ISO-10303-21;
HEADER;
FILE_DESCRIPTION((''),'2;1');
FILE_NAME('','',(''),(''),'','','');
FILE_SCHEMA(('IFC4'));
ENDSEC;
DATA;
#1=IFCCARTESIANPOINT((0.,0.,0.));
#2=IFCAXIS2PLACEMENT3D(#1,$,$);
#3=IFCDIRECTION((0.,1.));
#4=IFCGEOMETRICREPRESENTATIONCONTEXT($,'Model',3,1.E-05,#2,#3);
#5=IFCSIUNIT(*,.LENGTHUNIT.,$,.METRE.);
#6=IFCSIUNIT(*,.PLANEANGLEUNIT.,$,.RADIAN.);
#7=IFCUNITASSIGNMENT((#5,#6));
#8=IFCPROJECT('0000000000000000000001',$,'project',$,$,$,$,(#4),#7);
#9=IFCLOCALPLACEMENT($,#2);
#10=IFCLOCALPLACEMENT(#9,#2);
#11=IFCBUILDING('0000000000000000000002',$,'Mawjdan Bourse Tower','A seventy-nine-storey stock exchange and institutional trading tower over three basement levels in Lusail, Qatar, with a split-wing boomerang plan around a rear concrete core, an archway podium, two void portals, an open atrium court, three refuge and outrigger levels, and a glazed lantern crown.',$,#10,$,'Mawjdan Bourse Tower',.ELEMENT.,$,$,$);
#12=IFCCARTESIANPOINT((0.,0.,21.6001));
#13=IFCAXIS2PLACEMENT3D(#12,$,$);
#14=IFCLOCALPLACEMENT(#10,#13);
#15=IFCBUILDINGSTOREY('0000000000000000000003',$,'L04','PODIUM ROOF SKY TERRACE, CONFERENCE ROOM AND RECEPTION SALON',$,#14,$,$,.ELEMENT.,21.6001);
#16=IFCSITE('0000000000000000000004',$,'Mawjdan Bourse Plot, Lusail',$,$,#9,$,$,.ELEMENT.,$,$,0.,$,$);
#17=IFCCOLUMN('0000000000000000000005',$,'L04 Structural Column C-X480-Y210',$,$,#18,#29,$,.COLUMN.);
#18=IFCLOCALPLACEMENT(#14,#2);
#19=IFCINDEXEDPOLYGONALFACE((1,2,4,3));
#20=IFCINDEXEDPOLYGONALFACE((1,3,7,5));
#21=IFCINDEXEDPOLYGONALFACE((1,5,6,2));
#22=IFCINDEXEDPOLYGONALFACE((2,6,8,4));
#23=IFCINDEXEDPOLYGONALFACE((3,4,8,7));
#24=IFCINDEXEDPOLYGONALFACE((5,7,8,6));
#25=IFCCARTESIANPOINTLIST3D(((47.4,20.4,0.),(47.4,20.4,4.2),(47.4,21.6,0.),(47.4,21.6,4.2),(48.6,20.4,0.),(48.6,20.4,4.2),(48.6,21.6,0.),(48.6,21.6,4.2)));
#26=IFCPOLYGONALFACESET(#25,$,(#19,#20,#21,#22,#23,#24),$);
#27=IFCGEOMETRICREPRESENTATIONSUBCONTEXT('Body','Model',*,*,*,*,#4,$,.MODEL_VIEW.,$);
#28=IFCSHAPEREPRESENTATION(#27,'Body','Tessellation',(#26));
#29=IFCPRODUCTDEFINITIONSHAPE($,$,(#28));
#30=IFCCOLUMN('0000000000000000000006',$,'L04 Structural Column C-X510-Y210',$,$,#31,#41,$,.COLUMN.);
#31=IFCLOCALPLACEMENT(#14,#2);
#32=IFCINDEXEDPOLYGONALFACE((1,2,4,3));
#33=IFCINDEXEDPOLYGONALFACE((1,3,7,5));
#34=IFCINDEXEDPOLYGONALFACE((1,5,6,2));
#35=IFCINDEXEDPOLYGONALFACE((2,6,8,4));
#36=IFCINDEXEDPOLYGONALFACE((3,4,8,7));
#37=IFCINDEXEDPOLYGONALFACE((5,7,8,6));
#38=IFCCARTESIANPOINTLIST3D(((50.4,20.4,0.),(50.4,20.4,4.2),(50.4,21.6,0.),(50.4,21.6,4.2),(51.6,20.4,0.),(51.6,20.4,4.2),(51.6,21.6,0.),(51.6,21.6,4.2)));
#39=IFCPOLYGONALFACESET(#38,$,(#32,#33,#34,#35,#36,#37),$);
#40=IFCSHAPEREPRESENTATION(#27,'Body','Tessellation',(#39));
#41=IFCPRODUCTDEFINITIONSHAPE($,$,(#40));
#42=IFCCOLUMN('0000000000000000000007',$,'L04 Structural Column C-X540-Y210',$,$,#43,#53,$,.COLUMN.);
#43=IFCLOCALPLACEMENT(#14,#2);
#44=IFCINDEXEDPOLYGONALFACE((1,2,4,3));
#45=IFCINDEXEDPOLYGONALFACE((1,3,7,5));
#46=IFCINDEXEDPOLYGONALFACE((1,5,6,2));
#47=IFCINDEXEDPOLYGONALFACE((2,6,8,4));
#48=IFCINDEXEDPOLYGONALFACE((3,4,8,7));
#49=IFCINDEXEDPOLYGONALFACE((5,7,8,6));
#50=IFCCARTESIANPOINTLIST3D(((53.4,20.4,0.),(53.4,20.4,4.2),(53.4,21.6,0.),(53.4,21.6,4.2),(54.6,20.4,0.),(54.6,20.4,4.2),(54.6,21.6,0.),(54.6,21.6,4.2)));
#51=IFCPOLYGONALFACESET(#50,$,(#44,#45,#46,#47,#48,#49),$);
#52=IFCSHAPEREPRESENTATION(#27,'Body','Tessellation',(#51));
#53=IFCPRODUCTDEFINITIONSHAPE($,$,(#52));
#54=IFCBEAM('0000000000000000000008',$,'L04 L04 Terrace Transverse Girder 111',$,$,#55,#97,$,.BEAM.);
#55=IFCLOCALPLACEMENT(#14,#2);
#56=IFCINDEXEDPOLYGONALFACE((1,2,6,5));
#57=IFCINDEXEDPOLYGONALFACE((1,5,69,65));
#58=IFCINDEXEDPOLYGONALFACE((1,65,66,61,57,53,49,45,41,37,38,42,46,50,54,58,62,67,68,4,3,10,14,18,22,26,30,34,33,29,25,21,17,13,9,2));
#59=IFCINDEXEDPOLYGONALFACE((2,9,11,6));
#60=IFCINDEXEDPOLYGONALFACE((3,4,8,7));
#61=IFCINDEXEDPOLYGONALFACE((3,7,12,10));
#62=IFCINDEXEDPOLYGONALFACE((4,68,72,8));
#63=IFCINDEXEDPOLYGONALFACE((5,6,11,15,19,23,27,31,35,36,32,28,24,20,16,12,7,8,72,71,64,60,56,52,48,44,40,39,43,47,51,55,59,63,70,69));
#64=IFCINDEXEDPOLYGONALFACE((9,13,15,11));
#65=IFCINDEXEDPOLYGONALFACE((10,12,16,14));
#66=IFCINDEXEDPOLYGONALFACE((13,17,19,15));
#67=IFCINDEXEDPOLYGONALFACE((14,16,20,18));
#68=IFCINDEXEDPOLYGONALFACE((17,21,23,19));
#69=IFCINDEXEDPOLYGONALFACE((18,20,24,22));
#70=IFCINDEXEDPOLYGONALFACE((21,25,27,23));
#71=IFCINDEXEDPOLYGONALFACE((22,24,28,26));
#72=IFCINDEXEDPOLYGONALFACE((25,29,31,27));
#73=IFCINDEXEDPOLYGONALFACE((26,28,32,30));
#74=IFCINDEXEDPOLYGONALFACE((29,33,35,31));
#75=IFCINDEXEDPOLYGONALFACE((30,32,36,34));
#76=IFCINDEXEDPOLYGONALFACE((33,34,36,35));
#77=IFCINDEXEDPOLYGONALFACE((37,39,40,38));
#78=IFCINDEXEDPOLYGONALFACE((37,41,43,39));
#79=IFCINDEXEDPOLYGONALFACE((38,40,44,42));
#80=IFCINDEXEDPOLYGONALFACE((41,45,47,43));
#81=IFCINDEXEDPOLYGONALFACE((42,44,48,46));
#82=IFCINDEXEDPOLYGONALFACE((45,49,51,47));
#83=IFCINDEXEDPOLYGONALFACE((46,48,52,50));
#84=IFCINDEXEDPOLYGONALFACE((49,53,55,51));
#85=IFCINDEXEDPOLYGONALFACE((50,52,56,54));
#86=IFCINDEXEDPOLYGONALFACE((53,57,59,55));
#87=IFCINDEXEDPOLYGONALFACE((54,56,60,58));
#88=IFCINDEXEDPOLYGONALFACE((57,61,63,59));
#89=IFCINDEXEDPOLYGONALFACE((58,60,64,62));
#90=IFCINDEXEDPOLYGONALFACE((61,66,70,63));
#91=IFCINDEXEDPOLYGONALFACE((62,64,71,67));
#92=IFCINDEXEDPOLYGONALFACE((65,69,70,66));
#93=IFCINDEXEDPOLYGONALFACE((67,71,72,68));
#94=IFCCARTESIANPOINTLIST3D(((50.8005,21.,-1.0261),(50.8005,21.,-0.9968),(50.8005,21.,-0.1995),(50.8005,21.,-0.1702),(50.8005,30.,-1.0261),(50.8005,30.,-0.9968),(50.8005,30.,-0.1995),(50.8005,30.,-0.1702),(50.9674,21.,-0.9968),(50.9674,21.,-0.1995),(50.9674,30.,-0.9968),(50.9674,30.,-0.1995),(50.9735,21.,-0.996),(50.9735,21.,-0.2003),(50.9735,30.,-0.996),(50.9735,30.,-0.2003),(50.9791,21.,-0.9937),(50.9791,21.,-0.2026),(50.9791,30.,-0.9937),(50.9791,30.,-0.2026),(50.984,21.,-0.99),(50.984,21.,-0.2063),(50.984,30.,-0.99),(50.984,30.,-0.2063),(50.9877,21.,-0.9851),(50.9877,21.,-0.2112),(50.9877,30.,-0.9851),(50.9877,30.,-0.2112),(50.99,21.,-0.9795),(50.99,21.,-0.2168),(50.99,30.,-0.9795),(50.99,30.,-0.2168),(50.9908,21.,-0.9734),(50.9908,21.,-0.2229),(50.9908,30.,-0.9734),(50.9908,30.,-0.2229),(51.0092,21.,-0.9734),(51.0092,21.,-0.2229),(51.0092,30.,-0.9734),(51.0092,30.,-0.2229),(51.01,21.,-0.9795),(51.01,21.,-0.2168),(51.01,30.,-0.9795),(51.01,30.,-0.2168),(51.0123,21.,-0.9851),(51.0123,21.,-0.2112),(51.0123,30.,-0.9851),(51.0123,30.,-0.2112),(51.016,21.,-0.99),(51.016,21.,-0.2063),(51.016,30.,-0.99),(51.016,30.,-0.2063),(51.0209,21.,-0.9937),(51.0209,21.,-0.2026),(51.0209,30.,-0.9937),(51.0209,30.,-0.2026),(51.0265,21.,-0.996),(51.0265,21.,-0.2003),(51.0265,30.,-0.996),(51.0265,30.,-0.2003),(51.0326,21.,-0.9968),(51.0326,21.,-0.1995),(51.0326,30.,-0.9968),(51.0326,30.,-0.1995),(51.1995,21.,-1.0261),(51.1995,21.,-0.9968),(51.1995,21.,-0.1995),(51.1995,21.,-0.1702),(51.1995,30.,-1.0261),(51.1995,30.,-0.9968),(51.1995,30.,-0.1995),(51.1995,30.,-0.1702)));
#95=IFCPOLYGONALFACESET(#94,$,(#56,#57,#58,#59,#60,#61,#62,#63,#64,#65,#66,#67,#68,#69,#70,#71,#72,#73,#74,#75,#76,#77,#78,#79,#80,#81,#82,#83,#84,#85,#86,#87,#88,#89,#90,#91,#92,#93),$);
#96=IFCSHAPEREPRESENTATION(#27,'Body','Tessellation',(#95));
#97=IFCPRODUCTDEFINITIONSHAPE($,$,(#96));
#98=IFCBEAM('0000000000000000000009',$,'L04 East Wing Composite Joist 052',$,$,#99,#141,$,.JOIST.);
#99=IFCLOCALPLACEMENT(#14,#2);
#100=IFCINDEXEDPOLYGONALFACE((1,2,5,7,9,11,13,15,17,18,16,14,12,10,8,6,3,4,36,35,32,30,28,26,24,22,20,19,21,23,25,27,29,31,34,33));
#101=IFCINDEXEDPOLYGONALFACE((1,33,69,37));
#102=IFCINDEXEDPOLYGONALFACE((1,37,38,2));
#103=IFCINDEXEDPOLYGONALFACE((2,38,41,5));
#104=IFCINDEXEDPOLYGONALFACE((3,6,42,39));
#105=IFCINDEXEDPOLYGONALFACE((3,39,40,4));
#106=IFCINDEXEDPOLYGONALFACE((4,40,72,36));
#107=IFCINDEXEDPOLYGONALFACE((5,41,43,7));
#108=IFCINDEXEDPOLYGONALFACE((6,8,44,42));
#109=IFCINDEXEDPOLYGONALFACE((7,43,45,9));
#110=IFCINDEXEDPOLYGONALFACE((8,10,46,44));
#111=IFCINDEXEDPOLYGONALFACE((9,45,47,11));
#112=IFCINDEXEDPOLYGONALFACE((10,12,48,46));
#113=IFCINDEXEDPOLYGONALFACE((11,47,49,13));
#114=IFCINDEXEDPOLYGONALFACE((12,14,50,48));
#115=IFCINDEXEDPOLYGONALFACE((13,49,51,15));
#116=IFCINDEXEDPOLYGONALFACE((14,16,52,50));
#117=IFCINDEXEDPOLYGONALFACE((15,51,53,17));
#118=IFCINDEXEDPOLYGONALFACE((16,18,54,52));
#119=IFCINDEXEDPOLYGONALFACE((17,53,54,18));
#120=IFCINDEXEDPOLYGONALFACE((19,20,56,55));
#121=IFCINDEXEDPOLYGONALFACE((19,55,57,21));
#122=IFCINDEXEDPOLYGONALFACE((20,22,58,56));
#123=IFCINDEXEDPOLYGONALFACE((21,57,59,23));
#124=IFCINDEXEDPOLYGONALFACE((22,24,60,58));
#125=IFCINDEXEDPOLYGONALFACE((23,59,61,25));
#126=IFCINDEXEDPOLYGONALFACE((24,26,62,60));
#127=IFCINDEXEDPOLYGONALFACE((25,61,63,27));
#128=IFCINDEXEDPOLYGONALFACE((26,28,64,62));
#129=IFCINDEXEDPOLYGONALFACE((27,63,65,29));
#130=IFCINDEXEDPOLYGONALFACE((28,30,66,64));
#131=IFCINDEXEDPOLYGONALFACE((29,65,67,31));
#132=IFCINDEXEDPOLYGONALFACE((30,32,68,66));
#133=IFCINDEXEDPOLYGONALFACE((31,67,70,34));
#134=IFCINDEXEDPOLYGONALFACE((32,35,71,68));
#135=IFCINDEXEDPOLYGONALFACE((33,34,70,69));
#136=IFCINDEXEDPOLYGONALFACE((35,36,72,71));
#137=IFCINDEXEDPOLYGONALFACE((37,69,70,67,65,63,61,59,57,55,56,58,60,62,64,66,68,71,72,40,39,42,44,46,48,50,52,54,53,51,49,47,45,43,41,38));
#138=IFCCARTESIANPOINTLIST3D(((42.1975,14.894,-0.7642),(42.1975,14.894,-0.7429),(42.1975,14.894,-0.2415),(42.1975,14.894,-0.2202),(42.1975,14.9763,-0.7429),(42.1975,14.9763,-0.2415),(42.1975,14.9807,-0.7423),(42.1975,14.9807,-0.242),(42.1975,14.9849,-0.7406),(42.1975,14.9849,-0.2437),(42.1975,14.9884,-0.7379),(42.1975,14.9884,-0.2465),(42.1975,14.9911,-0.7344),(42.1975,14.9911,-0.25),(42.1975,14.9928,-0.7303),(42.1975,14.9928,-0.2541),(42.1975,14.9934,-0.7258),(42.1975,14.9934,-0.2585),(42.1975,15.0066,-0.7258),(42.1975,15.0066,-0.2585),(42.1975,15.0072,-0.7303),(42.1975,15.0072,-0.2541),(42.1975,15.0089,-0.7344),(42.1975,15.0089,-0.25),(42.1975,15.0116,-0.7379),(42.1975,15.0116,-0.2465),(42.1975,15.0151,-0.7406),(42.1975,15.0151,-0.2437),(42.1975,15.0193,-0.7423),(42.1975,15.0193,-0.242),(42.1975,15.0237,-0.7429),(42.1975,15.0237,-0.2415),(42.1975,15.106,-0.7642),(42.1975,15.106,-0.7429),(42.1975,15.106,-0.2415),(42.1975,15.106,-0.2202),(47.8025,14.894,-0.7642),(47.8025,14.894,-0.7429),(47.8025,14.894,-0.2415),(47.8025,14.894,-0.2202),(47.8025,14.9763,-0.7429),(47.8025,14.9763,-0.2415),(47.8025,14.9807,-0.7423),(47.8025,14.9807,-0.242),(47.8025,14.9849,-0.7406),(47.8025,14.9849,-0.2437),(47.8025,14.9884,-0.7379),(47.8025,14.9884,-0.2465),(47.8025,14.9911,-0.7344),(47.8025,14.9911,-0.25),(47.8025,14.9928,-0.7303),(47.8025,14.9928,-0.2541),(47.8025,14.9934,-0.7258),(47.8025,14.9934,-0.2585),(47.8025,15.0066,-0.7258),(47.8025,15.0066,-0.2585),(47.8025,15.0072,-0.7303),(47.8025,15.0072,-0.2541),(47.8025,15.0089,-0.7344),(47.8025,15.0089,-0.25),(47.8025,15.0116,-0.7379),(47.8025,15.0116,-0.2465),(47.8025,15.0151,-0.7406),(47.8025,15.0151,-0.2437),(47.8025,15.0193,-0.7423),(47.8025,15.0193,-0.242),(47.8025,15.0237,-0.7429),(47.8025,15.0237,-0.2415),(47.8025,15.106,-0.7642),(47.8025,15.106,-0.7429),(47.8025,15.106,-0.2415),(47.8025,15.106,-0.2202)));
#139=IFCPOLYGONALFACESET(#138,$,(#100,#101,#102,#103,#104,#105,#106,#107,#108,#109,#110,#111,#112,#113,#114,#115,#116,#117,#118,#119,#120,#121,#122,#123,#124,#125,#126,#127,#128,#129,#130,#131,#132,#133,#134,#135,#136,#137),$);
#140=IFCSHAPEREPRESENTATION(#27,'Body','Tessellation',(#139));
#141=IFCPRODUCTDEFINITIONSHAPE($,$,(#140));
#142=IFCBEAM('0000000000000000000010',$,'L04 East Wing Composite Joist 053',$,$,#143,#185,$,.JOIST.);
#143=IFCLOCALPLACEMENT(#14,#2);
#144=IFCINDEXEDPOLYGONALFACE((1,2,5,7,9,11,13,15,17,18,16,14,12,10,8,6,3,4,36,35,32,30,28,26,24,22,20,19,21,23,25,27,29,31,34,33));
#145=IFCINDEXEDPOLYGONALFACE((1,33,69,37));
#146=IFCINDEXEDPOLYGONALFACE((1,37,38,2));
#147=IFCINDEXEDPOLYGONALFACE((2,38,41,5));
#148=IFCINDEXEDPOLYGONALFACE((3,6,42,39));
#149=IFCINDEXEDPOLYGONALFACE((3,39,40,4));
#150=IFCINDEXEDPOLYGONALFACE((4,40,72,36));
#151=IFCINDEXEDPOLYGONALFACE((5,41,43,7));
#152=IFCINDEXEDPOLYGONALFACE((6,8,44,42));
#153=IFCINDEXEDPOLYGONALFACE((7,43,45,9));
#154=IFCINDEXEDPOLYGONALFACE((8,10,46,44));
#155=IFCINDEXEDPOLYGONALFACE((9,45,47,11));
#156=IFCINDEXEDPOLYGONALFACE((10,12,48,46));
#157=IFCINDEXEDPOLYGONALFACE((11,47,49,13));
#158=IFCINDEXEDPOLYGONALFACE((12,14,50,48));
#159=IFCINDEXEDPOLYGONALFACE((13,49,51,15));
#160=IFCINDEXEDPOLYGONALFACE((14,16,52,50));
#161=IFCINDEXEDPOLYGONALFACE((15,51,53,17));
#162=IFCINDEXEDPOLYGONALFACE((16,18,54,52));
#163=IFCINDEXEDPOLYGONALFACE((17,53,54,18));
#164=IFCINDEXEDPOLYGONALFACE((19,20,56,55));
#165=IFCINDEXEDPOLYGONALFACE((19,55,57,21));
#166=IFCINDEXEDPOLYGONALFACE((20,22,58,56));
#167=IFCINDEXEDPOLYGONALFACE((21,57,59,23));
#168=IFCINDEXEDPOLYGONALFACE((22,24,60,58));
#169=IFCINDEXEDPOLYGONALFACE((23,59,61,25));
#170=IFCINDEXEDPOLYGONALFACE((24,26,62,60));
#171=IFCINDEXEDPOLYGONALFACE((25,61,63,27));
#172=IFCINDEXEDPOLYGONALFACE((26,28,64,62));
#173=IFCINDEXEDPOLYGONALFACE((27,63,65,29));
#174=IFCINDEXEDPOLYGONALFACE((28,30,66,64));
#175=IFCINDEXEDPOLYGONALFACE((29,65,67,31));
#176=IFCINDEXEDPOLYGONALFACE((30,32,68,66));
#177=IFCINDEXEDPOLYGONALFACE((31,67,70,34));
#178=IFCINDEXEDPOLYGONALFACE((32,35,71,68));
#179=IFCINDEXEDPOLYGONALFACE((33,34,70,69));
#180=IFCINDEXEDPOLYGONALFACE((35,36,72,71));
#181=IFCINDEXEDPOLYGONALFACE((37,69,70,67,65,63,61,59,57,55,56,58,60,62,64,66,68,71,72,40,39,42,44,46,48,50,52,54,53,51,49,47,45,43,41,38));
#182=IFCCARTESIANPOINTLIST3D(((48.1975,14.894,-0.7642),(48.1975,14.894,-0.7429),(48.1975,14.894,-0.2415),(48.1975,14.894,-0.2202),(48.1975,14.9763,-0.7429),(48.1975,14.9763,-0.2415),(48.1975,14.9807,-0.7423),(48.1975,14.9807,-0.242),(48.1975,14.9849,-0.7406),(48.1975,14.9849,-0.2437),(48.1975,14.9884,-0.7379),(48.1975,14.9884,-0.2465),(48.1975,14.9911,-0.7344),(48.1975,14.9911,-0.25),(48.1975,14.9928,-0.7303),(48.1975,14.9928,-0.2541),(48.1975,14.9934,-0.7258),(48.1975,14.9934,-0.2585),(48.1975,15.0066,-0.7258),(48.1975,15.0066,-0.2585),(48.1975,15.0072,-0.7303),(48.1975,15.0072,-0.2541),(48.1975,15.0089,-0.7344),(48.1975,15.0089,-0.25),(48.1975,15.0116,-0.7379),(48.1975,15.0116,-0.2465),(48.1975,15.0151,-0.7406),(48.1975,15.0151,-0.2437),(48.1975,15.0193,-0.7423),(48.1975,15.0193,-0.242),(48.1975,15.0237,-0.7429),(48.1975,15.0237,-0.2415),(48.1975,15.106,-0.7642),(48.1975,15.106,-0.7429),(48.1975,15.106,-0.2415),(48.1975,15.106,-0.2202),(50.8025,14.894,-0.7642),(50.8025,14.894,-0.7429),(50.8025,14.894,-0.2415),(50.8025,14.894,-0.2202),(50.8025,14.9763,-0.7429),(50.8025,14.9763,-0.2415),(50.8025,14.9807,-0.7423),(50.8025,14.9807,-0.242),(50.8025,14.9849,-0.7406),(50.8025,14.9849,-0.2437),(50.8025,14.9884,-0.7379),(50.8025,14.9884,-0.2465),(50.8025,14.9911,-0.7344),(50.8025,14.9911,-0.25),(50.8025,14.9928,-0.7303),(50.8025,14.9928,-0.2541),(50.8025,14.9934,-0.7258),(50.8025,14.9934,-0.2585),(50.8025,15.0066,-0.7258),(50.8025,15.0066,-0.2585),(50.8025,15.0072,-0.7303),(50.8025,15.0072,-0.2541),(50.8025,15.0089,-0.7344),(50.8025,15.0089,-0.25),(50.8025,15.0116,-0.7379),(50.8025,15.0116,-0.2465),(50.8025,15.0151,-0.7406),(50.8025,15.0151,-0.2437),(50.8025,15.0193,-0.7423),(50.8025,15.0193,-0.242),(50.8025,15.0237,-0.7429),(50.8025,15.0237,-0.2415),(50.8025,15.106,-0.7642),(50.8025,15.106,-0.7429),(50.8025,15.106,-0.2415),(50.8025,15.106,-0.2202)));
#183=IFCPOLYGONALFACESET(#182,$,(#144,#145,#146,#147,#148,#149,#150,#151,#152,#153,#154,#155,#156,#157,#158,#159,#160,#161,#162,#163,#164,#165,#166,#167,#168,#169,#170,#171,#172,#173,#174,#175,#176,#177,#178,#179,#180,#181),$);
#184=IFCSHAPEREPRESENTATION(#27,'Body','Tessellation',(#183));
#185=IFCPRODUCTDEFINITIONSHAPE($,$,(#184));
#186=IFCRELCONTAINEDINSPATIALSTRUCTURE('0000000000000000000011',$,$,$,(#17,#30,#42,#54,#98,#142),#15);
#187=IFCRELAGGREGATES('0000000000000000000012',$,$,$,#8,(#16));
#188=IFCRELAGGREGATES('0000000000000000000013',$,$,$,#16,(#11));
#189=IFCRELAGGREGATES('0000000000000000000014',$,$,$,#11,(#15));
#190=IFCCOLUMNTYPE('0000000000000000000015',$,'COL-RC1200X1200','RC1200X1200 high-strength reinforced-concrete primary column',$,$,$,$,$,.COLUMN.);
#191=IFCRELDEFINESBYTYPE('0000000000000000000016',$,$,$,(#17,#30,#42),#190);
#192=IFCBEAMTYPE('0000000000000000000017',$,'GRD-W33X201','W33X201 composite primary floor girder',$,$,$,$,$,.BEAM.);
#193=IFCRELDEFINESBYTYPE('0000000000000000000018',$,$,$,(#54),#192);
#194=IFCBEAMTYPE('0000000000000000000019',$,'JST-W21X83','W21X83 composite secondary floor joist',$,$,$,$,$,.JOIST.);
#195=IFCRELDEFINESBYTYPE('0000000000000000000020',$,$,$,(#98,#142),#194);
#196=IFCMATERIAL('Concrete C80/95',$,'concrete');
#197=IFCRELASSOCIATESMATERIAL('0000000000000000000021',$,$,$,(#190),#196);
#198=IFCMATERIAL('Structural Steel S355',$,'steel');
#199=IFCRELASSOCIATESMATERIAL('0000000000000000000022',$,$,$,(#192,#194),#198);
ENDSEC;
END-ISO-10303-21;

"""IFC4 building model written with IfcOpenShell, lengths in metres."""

from ifc_helpers import new_model, si_unit, direction, frame, origin, origin_2d, place, context, subcontext, project, spatial, rectangle, i_section, extrude, material, material_profile, profile_set, type_object, element, save


model = new_model("IFC4")

# Units and contexts
model_context = context("Model", 3, precision=1e-05, world=origin(), true_north=direction((0.0, 1.0)))
body_context = subcontext(model_context, "Body", "Model", "MODEL_VIEW")
ifc_project = project(units=[si_unit("LENGTHUNIT", "METRE"), si_unit("PLANEANGLEUNIT", "RADIAN")], contexts=[model_context])

# Site, building, storey
site_placement = place(None, origin())
site = spatial("IfcSite", under=ifc_project, at=site_placement, Name="Mawjdan Bourse Plot, Lusail", CompositionType="ELEMENT", RefElevation=0.0)
building_placement = place(site_placement, origin())
building = spatial("IfcBuilding", under=site, at=building_placement, Name="Mawjdan Bourse Tower", Description="A seventy-nine-storey stock exchange and institutional trading tower over three basement levels in Lusail, Qatar, with a split-wing boomerang plan around a rear concrete core, an archway podium, two void portals, an open atrium court, three refuge and outrigger levels, and a glazed lantern crown.", LongName="Mawjdan Bourse Tower", CompositionType="ELEMENT")
storey_placement = place(building_placement, frame((0.0, 0.0, 21.6001)))
storey = spatial("IfcBuildingStorey", under=building, at=storey_placement, Name="L04", Description="PODIUM ROOF SKY TERRACE, CONFERENCE ROOM AND RECEPTION SALON", CompositionType="ELEMENT", Elevation=21.6001)

# Columns
ifc_material_1 = material(Name="Concrete C80/95", Category="concrete")
ifc_material_profile_1 = material_profile(ifc_material_1, rectangle(XDim=1.2, YDim=1.2, at=origin_2d()), Name="RC1200X1200")
ifc_profile_set_1 = profile_set([ifc_material_profile_1], Name="Concrete C80/95")
column_type = type_object("IfcColumnType", Name="COL-RC1200X1200", Description="RC1200X1200 high-strength reinforced-concrete primary column", PredefinedType="COLUMN", material=ifc_profile_set_1)
for number, where, z_axis, x_axis, name in (
    (1, (48.0, 21.0, 0.0), (0.0, 0.0, 1.0), (1.0, 0.0, 0.0), "L04 Structural Column C-X480-Y210"),
    (2, (51.0, 21.0, 0.0), (0.0, 0.0, 1.0), (1.0, 0.0, 0.0), "L04 Structural Column C-X510-Y210"),
    (3, (54.0, 21.0, 0.0), (0.0, 0.0, 1.0), (1.0, 0.0, 0.0), "L04 Structural Column C-X540-Y210"),
):
    element("IfcColumn", number, at=place(storey_placement, frame(where, z_axis=z_axis, x_axis=x_axis)), inside=storey, type_object=column_type, Name=name, PredefinedType="COLUMN", context=body_context, shape_type="SweptSolid", body=[
        extrude(rectangle(XDim=1.2, YDim=1.2, at=origin_2d()), origin(), (0.0, 0.0, 1.0), 4.2),
    ])

# Beams
ifc_material_2 = material(Name="Structural Steel S355", Category="steel")
ifc_material_profile_2 = material_profile(ifc_material_2, i_section(OverallWidth=0.3989, OverallDepth=0.856, WebThickness=0.0183, FlangeThickness=0.0293, FilletRadius=0.0234, at=origin_2d()), Name="W33X201")
ifc_profile_set_2 = profile_set([ifc_material_profile_2], Name="Structural Steel S355")
beam_type_1 = type_object("IfcBeamType", Name="GRD-W33X201", Description="W33X201 composite primary floor girder", PredefinedType="BEAM", material=ifc_profile_set_2)
beam_1_placement = place(storey_placement, frame((51.0, 21.0, -0.5981), z_axis=(0.0, 1.0, 0.0), x_axis=(-1.0, 0.0, 0.0)))
element("IfcBeam", 4, at=beam_1_placement, inside=storey, type_object=beam_type_1, Name="L04 L04 Terrace Transverse Girder 111", PredefinedType="BEAM", context=body_context, shape_type="SweptSolid", body=[
    extrude(i_section(OverallWidth=0.3989, OverallDepth=0.856, WebThickness=0.0183, FlangeThickness=0.0293, FilletRadius=0.0234, at=origin_2d()), origin(), (0.0, 0.0, 1.0), 9.0),
])
ifc_material_profile_3 = material_profile(ifc_material_2, i_section(OverallWidth=0.2119, OverallDepth=0.5439, WebThickness=0.0132, FlangeThickness=0.0212, FilletRadius=0.0171, at=origin_2d()), Name="W21X83")
ifc_profile_set_3 = profile_set([ifc_material_profile_3], Name="Structural Steel S355")
beam_type_2 = type_object("IfcBeamType", Name="JST-W21X83", Description="W21X83 composite secondary floor joist", PredefinedType="JOIST", material=ifc_profile_set_3)
beam_2_placement = place(storey_placement, frame((42.1975, 15.0, -0.4922), z_axis=(1.0, 0.0, 0.0), x_axis=(0.0, 1.0, 0.0)))
element("IfcBeam", 5, at=beam_2_placement, inside=storey, type_object=beam_type_2, Name="L04 East Wing Composite Joist 052", PredefinedType="JOIST", context=body_context, shape_type="SweptSolid", body=[
    extrude(i_section(OverallWidth=0.2119, OverallDepth=0.5439, WebThickness=0.0132, FlangeThickness=0.0212, FilletRadius=0.0171, at=origin_2d()), origin(), (0.0, 0.0, 1.0), 5.605),
])
for number, where, z_axis, x_axis, name in (
    (6, (48.1975, 15.0, -0.4922), (1.0, 0.0, 0.0), (0.0, 1.0, 0.0), "L04 East Wing Composite Joist 053"),
):
    element("IfcBeam", number, at=place(storey_placement, frame(where, z_axis=z_axis, x_axis=x_axis)), inside=storey, type_object=beam_type_2, Name=name, PredefinedType="JOIST", context=body_context, shape_type="SweptSolid", body=[
        extrude(i_section(OverallWidth=0.2119, OverallDepth=0.5439, WebThickness=0.0132, FlangeThickness=0.0212, FilletRadius=0.0171, at=origin_2d()), origin(), (0.0, 0.0, 1.0), 2.605),
    ])

save(model, "model.ifc")
